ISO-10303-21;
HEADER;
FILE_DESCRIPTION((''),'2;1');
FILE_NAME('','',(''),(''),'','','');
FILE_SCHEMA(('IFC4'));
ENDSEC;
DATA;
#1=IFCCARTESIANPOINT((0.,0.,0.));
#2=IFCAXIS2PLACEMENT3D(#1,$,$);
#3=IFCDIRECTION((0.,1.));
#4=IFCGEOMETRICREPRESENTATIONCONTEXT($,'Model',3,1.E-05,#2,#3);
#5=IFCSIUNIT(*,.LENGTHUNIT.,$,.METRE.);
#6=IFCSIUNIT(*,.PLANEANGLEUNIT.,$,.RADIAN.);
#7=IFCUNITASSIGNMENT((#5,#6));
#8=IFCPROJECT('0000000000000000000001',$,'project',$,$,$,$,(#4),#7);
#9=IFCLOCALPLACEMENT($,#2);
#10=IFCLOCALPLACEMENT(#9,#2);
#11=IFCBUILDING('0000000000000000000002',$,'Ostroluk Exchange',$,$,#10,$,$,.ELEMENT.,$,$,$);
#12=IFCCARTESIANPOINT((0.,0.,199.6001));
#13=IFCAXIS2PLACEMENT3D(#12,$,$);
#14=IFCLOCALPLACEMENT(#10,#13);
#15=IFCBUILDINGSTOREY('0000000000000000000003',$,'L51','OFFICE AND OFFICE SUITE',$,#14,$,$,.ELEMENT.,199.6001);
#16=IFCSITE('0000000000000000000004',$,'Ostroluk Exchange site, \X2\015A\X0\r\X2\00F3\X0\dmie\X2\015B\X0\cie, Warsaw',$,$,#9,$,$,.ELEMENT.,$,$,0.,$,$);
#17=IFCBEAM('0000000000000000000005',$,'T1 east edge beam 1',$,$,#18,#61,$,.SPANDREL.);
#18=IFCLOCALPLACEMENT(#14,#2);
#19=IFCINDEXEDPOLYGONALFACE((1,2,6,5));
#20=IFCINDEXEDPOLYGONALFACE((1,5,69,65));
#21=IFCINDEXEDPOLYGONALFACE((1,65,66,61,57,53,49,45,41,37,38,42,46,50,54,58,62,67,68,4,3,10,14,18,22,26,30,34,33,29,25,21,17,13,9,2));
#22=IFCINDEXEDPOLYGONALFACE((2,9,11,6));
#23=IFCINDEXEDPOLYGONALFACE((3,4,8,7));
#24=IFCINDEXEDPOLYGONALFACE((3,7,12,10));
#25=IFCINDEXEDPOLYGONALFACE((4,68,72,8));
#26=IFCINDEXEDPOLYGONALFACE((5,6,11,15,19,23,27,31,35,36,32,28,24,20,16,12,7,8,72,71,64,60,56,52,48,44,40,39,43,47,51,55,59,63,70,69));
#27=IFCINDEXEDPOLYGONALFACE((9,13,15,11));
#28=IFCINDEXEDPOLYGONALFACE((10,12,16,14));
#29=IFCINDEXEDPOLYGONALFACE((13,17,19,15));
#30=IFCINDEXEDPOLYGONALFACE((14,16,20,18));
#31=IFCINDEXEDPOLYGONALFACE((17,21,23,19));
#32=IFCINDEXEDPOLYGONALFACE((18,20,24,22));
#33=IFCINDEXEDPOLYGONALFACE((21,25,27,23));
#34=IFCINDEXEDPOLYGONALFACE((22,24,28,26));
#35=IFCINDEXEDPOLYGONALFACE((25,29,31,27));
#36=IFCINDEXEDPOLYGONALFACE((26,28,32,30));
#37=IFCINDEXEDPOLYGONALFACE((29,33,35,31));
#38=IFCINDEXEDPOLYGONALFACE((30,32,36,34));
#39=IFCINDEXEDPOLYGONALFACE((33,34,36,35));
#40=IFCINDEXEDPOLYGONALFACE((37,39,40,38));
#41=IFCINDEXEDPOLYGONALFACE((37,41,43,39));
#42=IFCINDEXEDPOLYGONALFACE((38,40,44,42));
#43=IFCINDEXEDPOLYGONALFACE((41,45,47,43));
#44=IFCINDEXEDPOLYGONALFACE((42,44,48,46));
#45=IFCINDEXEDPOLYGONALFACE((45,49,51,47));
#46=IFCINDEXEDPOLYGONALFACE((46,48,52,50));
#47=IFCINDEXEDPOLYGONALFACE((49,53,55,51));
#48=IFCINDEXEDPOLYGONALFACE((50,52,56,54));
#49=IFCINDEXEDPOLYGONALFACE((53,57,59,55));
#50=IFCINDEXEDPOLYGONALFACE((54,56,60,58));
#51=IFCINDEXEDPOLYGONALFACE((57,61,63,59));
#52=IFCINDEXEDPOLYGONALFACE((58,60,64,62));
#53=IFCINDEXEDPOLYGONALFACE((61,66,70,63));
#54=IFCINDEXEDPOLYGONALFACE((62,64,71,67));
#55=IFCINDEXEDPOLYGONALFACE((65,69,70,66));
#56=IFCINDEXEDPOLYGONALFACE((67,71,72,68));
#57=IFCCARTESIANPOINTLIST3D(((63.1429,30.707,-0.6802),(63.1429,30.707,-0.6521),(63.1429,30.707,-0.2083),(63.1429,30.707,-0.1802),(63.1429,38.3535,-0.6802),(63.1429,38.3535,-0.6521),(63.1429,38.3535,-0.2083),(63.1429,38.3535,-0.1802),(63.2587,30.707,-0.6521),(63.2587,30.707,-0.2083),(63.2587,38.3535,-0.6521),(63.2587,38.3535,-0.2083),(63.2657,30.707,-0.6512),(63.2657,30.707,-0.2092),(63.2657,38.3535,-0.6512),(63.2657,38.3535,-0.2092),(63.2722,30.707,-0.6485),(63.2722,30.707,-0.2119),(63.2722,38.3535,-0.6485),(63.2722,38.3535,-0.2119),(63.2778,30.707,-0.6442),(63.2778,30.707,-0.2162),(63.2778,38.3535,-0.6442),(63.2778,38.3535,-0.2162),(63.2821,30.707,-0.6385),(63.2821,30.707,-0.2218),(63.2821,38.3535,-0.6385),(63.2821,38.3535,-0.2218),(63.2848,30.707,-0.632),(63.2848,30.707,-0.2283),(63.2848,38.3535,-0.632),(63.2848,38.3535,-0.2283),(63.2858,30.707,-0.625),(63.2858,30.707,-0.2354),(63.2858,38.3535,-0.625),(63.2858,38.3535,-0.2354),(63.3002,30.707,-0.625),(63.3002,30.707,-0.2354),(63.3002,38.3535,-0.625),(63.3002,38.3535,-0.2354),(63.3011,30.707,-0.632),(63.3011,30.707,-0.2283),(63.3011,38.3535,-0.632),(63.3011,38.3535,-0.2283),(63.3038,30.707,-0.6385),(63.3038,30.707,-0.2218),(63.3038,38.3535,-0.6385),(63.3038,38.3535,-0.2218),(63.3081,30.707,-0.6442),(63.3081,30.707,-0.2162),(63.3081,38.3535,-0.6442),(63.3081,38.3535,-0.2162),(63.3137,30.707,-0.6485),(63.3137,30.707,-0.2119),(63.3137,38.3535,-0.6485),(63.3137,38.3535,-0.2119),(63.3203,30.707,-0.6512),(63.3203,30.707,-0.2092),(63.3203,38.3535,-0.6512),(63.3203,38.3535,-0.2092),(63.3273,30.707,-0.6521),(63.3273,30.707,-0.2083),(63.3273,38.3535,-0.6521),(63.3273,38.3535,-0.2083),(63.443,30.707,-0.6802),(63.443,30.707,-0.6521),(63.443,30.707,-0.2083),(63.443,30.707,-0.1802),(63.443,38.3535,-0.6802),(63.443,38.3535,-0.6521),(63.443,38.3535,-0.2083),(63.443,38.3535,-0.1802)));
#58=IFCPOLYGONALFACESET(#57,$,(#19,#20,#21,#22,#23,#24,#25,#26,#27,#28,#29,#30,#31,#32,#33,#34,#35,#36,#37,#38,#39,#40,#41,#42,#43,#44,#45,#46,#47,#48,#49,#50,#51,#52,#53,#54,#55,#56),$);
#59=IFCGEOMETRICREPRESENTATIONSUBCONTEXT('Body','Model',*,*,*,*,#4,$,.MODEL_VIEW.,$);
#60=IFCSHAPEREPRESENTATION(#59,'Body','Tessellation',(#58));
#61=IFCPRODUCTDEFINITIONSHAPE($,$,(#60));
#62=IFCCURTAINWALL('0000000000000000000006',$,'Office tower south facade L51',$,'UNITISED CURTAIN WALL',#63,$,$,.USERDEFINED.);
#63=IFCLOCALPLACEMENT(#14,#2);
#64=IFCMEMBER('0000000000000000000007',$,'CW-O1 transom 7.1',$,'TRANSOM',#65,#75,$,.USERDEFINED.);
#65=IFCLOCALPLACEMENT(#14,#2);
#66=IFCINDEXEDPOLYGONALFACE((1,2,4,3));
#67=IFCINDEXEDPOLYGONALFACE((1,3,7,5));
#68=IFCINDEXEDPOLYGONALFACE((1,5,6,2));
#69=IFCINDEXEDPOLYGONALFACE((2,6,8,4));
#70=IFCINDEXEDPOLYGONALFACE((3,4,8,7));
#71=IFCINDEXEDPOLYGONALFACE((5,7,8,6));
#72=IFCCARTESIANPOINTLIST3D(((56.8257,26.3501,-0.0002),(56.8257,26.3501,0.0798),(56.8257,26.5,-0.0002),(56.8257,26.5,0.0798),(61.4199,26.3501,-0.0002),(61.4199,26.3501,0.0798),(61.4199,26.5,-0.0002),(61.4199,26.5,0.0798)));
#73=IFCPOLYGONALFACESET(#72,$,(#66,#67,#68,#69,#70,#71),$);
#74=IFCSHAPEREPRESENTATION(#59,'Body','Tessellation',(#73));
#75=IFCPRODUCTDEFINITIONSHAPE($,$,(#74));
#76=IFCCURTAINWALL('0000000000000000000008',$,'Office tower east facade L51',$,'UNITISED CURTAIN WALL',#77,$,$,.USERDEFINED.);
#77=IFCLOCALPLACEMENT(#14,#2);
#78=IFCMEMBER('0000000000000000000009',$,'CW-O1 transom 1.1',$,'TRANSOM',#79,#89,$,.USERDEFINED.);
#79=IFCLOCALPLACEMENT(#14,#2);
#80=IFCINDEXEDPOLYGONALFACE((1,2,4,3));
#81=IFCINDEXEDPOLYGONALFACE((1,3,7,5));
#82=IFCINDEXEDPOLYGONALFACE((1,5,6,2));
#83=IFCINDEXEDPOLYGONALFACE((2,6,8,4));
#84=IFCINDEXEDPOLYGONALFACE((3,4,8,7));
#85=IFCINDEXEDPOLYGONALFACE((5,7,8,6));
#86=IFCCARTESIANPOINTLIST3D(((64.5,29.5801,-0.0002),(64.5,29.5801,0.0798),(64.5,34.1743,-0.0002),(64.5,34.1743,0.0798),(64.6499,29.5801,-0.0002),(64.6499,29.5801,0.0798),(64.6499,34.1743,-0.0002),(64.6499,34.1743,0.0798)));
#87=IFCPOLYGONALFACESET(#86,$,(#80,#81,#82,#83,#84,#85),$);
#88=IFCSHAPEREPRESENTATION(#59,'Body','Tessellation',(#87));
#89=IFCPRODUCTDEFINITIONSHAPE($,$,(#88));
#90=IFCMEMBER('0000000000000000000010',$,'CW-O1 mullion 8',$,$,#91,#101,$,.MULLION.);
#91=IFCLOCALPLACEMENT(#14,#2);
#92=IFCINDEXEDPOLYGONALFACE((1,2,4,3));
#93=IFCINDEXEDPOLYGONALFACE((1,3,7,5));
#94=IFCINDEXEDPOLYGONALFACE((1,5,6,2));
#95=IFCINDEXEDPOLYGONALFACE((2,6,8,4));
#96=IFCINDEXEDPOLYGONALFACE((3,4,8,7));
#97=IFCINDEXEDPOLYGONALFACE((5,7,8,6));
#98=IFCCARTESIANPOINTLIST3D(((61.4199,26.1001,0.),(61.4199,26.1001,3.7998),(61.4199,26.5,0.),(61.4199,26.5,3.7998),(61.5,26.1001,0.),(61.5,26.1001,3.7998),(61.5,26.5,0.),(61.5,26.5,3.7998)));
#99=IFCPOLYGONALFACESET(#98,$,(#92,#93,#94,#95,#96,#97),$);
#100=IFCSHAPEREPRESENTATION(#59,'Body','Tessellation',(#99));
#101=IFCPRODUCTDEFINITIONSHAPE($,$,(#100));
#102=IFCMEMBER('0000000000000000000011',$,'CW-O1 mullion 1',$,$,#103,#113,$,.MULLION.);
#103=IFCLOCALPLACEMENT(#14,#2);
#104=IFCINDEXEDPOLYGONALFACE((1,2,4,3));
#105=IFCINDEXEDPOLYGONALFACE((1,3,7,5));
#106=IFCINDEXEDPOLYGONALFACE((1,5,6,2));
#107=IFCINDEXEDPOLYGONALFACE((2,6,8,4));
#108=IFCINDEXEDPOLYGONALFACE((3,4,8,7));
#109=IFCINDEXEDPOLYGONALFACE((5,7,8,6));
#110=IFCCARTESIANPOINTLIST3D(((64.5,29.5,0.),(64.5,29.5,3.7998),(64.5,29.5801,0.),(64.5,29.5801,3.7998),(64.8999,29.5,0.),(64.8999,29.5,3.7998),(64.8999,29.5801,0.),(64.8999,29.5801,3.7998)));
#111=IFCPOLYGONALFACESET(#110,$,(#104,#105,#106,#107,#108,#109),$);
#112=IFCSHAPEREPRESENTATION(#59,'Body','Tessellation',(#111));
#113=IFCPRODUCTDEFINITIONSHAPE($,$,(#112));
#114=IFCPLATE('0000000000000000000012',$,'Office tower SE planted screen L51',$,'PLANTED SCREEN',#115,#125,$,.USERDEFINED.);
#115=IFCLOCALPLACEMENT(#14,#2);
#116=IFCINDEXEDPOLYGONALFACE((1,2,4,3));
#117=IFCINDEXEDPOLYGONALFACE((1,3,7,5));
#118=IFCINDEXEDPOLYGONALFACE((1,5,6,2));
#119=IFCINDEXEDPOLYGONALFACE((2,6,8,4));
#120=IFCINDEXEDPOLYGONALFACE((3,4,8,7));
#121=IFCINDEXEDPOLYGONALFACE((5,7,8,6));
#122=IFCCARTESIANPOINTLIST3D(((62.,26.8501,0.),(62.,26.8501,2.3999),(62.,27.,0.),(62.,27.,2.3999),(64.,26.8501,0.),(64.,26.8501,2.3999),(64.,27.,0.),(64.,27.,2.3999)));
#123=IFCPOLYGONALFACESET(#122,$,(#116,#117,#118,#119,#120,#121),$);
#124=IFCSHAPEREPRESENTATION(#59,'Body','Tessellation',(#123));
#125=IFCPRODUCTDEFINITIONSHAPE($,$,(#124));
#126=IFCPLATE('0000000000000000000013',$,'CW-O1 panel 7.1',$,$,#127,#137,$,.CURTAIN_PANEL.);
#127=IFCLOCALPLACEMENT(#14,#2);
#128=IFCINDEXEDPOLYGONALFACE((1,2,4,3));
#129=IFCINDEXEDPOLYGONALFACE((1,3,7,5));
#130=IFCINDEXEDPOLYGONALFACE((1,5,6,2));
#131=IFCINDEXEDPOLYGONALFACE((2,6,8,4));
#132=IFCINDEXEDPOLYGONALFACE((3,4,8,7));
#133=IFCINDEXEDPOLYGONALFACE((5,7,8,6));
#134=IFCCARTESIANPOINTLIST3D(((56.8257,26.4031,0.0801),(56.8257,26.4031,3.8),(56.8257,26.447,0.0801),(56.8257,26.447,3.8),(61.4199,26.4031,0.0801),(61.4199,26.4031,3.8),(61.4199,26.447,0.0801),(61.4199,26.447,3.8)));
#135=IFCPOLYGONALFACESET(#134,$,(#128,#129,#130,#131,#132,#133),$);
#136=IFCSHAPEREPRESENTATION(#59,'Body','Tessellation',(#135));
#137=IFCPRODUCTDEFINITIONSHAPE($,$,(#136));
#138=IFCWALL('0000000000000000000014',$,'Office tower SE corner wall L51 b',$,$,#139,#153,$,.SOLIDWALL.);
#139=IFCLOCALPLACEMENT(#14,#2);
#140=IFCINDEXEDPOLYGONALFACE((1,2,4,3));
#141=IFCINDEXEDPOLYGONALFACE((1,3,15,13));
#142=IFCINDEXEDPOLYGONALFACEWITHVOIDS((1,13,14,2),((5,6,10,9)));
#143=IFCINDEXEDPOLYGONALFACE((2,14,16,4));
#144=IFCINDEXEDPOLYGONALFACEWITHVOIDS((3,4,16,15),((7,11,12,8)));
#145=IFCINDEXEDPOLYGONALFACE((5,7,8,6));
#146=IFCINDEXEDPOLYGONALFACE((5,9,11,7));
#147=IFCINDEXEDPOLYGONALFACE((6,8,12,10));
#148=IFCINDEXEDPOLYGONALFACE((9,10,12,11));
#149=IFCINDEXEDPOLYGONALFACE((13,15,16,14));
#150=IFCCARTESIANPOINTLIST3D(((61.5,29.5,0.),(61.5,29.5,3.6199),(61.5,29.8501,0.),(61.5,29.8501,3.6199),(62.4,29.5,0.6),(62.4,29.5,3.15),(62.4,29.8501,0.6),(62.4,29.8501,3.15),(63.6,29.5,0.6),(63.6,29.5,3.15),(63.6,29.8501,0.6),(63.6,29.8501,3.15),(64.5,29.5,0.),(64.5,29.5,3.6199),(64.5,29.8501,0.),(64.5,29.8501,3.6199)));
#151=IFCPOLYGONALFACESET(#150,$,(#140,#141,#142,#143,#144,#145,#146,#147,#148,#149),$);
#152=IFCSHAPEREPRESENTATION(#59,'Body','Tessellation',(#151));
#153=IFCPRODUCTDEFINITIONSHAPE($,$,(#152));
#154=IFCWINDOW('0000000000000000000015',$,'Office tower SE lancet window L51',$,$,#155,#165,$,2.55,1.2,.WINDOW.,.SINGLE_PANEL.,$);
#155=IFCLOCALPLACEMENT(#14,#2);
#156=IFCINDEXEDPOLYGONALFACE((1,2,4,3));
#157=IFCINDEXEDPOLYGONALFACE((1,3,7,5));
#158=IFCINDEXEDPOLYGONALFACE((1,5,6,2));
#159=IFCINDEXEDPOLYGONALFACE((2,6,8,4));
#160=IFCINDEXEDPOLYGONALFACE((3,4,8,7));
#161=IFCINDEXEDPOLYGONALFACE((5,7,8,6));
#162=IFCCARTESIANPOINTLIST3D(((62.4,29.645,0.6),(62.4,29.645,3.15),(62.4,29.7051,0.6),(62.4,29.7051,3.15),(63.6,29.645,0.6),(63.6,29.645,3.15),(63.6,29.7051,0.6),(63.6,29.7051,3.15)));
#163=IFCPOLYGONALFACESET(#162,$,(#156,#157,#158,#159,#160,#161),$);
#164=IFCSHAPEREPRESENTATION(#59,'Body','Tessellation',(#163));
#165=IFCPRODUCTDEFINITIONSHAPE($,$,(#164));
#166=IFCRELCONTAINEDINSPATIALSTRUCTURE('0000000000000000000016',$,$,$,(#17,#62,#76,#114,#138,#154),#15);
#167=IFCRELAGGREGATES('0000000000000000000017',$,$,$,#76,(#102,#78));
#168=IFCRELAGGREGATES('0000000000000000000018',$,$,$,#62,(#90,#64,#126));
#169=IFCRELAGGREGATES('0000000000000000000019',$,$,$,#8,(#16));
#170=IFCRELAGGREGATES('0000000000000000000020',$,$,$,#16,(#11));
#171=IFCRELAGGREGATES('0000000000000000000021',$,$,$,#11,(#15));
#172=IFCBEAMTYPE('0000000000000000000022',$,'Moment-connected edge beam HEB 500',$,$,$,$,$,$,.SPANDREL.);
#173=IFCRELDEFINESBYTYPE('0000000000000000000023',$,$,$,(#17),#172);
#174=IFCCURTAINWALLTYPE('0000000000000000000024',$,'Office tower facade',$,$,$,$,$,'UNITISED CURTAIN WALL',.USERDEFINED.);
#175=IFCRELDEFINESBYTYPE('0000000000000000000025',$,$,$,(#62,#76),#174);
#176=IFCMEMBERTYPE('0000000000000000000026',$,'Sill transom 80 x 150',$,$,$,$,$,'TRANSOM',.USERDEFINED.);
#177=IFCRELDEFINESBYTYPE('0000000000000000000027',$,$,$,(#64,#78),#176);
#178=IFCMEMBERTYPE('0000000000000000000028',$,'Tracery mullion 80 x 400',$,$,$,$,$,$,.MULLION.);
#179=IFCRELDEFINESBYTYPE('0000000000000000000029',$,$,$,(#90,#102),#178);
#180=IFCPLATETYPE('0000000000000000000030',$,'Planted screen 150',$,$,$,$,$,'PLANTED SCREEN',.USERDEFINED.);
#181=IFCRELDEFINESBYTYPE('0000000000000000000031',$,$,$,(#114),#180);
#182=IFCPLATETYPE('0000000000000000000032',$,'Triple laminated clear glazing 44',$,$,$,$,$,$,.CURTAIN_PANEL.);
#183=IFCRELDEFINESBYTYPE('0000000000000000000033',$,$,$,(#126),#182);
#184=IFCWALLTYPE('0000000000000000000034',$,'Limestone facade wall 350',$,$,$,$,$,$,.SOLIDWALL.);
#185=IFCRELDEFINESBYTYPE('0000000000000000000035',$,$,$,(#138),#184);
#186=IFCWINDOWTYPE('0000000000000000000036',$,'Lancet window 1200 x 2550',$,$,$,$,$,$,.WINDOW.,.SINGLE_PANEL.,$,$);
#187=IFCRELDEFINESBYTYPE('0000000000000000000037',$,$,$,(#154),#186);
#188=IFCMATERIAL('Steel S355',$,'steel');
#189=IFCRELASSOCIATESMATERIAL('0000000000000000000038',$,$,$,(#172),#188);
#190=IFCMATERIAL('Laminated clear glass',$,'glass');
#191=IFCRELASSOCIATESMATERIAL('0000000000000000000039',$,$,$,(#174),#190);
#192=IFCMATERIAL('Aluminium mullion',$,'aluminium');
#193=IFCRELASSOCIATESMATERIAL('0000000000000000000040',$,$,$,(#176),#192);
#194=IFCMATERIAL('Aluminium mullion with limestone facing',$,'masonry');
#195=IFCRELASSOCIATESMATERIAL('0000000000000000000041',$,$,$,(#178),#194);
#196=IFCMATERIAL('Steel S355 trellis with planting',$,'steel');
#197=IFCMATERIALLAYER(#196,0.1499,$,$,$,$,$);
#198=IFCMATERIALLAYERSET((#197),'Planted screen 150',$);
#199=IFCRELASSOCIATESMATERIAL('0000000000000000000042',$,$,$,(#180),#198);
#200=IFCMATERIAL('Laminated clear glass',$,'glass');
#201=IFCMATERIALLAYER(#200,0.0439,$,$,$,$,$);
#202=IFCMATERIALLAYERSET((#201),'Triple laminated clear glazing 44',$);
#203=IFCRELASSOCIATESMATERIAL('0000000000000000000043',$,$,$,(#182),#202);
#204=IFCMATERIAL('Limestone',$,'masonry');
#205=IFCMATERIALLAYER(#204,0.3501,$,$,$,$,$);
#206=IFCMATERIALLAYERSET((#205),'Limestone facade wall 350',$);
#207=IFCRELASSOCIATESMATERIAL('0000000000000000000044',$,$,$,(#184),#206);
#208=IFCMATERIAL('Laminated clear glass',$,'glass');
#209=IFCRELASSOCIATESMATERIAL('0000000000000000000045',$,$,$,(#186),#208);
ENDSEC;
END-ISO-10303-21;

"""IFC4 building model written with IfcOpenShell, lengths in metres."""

from ifc_helpers import new_model, si_unit, direction, frame, frame_2d, origin, origin_2d, place, context, subcontext, project, spatial, rectangle, i_section, extrude, material, layer, layer_set, material_profile, profile_set, type_object, element, fill, aggregate, save


model = new_model("IFC4")

# Units and contexts
model_context = context("Model", 3, precision=1e-05, world=origin(), true_north=direction((0.0, 1.0)))
body_context = subcontext(model_context, "Body", "Model", "MODEL_VIEW")
ifc_project = project(units=[si_unit("LENGTHUNIT", "METRE"), si_unit("PLANEANGLEUNIT", "RADIAN")], contexts=[model_context])

# Site, building, storey
site_placement = place(None, origin())
site = spatial("IfcSite", under=ifc_project, at=site_placement, Name="Ostroluk Exchange site, Śródmieście, Warsaw", CompositionType="ELEMENT", RefElevation=0.0)
building_placement = place(site_placement, origin())
building = spatial("IfcBuilding", under=site, at=building_placement, Name="Ostroluk Exchange", CompositionType="ELEMENT")
storey_placement = place(building_placement, frame((0.0, 0.0, 199.6001)))
storey = spatial("IfcBuildingStorey", under=building, at=storey_placement, Name="L51", Description="OFFICE AND OFFICE SUITE", CompositionType="ELEMENT", Elevation=199.6001)

# Beam
ifc_material_1 = material(Name="Steel S355", Category="steel")
ifc_material_profile_1 = material_profile(ifc_material_1, i_section(OverallWidth=0.3, OverallDepth=0.5, WebThickness=0.0144, FlangeThickness=0.0281, FilletRadius=0.0271, at=origin_2d()), Name="HEB 500")
ifc_profile_set_1 = profile_set([ifc_material_profile_1], Name="Steel S355")
beam_type_1 = type_object("IfcBeamType", Name="Moment-connected edge beam HEB 500", PredefinedType="SPANDREL", material=ifc_profile_set_1)
beam_1_placement = place(storey_placement, frame((63.293, 30.707, -0.4302), z_axis=(0.0, 1.0, 0.0), x_axis=(-1.0, 0.0, 0.0)))
element("IfcBeam", 1, at=beam_1_placement, inside=storey, type_object=beam_type_1, Name="T1 east edge beam 1", PredefinedType="SPANDREL", context=body_context, shape_type="SweptSolid", body=[
    extrude(i_section(OverallWidth=0.3, OverallDepth=0.5, WebThickness=0.0144, FlangeThickness=0.0281, FilletRadius=0.0271, at=origin_2d()), origin(), (0.0, 0.0, 1.0), 7.6465),
])

# Curtain walls, members
ifc_material_2 = material(Name="Laminated clear glass", Category="glass")
curtain_wall_type = type_object("IfcCurtainWallType", Name="Office tower facade", ElementType="UNITISED CURTAIN WALL", PredefinedType="USERDEFINED", material=ifc_material_2)
curtain_wall_1_placement = place(storey_placement, origin())
curtain_wall_1 = element("IfcCurtainWall", 2, at=curtain_wall_1_placement, inside=storey, type_object=curtain_wall_type, Name="Office tower south facade L51", ObjectType="UNITISED CURTAIN WALL", PredefinedType="USERDEFINED")
ifc_material_3 = material(Name="Aluminium mullion", Category="aluminium")
ifc_material_profile_2 = material_profile(ifc_material_3, rectangle(XDim=0.1499, YDim=0.0801, at=origin_2d()), Name="Sill transom 80 x 150")
ifc_profile_set_2 = profile_set([ifc_material_profile_2], Name="Aluminium mullion")
member_type_1 = type_object("IfcMemberType", Name="Sill transom 80 x 150", ElementType="TRANSOM", PredefinedType="USERDEFINED", material=ifc_profile_set_2)
member_1_placement = place(storey_placement, frame((56.8257, 26.425, 0.0398), z_axis=(1.0, 0.0, 0.0), x_axis=(0.0, 1.0, 0.0)))
member_1 = element("IfcMember", 3, at=member_1_placement, type_object=member_type_1, Name="CW-O1 transom 7.1", ObjectType="TRANSOM", PredefinedType="USERDEFINED", context=body_context, shape_type="SweptSolid", body=[
    extrude(rectangle(XDim=0.1499, YDim=0.0801, at=origin_2d()), origin(), (0.0, 0.0, 1.0), 4.5942),
])
curtain_wall_2_placement = place(storey_placement, origin())
curtain_wall_2 = element("IfcCurtainWall", 4, at=curtain_wall_2_placement, inside=storey, type_object=curtain_wall_type, Name="Office tower east facade L51", ObjectType="UNITISED CURTAIN WALL", PredefinedType="USERDEFINED")
member_2_placement = place(storey_placement, frame((64.575, 29.5801, 0.0398), z_axis=(0.0, 1.0, 0.0), x_axis=(-1.0, 0.0, 0.0)))
member_2 = element("IfcMember", 5, at=member_2_placement, type_object=member_type_1, Name="CW-O1 transom 1.1", ObjectType="TRANSOM", PredefinedType="USERDEFINED", context=body_context, shape_type="SweptSolid", body=[
    extrude(rectangle(XDim=0.1499, YDim=0.0801, at=origin_2d()), origin(), (0.0, 0.0, 1.0), 4.5942),
])

# Members
ifc_material_4 = material(Name="Aluminium mullion with limestone facing", Category="masonry")
ifc_material_profile_3 = material_profile(ifc_material_4, rectangle(XDim=0.3999, YDim=0.0801, at=origin_2d()), Name="Tracery mullion 80 x 400")
ifc_profile_set_3 = profile_set([ifc_material_profile_3], Name="Aluminium mullion with limestone facing")
member_type_2 = type_object("IfcMemberType", Name="Tracery mullion 80 x 400", PredefinedType="MULLION", material=ifc_profile_set_3)
member_3_placement = place(storey_placement, frame((61.46, 26.3, 0.0), z_axis=(0.0, 0.0, 1.0), x_axis=(0.0, 1.0, 0.0)))
member_3 = element("IfcMember", 6, at=member_3_placement, type_object=member_type_2, Name="CW-O1 mullion 8", PredefinedType="MULLION", context=body_context, shape_type="SweptSolid", body=[
    extrude(rectangle(XDim=0.3999, YDim=0.0801, at=origin_2d()), origin(), (0.0, 0.0, 1.0), 3.7998),
])
member_4_placement = place(storey_placement, frame((64.7, 29.54, 0.0), z_axis=(0.0, 0.0, 1.0), x_axis=(-1.0, 0.0, 0.0)))
member_4 = element("IfcMember", 7, at=member_4_placement, type_object=member_type_2, Name="CW-O1 mullion 1", PredefinedType="MULLION", context=body_context, shape_type="SweptSolid", body=[
    extrude(rectangle(XDim=0.3999, YDim=0.0801, at=origin_2d()), origin(), (0.0, 0.0, 1.0), 3.7998),
])
aggregate(curtain_wall_2, [member_4, member_2])

# Plates
ifc_material_5 = material(Name="Steel S355 trellis with planting", Category="steel")
ifc_layer_1 = layer(ifc_material_5, 0.1499)
ifc_layer_set_1 = layer_set([ifc_layer_1], Name="Planted screen 150")
plate_type_1 = type_object("IfcPlateType", Name="Planted screen 150", ElementType="PLANTED SCREEN", PredefinedType="USERDEFINED", material=ifc_layer_set_1)
plate_1_placement = place(storey_placement, frame((63.0, 26.925, 0.0), z_axis=(0.0, 0.0, 1.0), x_axis=(1.0, 0.0, 0.0)))
element("IfcPlate", 8, at=plate_1_placement, inside=storey, type_object=plate_type_1, Name="Office tower SE planted screen L51", ObjectType="PLANTED SCREEN", PredefinedType="USERDEFINED", context=body_context, shape_type="SweptSolid", body=[
    extrude(rectangle(XDim=2.0, YDim=0.1499, at=origin_2d()), origin(), (0.0, 0.0, 1.0), 2.3999),
])
ifc_material_6 = material(Name="Laminated clear glass", Category="glass")
ifc_layer_2 = layer(ifc_material_6, 0.0439)
ifc_layer_set_2 = layer_set([ifc_layer_2], Name="Triple laminated clear glazing 44")
plate_type_2 = type_object("IfcPlateType", Name="Triple laminated clear glazing 44", PredefinedType="CURTAIN_PANEL", material=ifc_layer_set_2)
plate_2_placement = place(storey_placement, frame((59.1228, 26.425, 0.0801), z_axis=(0.0, 0.0, 1.0), x_axis=(1.0, 0.0, 0.0)))
plate_2 = element("IfcPlate", 9, at=plate_2_placement, type_object=plate_type_2, Name="CW-O1 panel 7.1", PredefinedType="CURTAIN_PANEL", context=body_context, shape_type="SweptSolid", body=[
    extrude(rectangle(XDim=4.5942, YDim=0.0439, at=origin_2d()), origin(), (0.0, 0.0, 1.0), 3.72),
])
aggregate(curtain_wall_1, [member_3, member_1, plate_2])

# Shared definitions
ifc_material_7 = material(Name="Limestone", Category="masonry")
ifc_layer_3 = layer(ifc_material_7, 0.3501)
ifc_layer_set_3 = layer_set([ifc_layer_3], Name="Limestone facade wall 350")
wall_type = type_object("IfcWallType", Name="Limestone facade wall 350", PredefinedType="SOLIDWALL", material=ifc_layer_set_3)

# Wall, opening, window
wall_1_placement = place(storey_placement, frame((61.5, 29.675, 0.0), z_axis=(0.0, 0.0, 1.0), x_axis=(1.0, 0.0, 0.0)))
wall_1 = element("IfcWall", 10, at=wall_1_placement, inside=storey, type_object=wall_type, Name="Office tower SE corner wall L51 b", PredefinedType="SOLIDWALL", context=body_context, shape_type="SweptSolid", body=[
    extrude(rectangle(XDim=3.0, YDim=0.3501, at=frame_2d((1.5, 0.0))), origin(), (0.0, 0.0, 1.0), 3.6199),
])
opening_1_placement = place(wall_1_placement, frame((0.8999, 0.0, 0.6001)))
opening_1 = element("IfcOpeningElement", 11, at=opening_1_placement, cuts=wall_1, PredefinedType="OPENING", context=body_context, shape_type="SweptSolid", body=[
    extrude(rectangle(XDim=1.2, YDim=2.55, at=frame_2d((0.6001, 1.2749))), frame((0.0, 0.1851, 0.0), z_axis=(0.0, -1.0, 0.0), x_axis=(1.0, 0.0, 0.0)), (0.0, 0.0, 1.0), 0.3701),
])
ifc_material_8 = material(Name="Laminated clear glass", Category="glass")
window_type = type_object("IfcWindowType", Name="Lancet window 1200 x 2550", PartitioningType="SINGLE_PANEL", PredefinedType="WINDOW", material=ifc_material_8)
window_placement = place(opening_1_placement, origin())
window = element("IfcWindow", 12, at=window_placement, inside=storey, type_object=window_type, Name="Office tower SE lancet window L51", OverallHeight=2.55, OverallWidth=1.2, PartitioningType="SINGLE_PANEL", PredefinedType="WINDOW", context=body_context, shape_type="SweptSolid", body=[
    extrude(rectangle(XDim=1.2, YDim=2.55, at=frame_2d((0.6001, 1.2749))), frame((0.0, 0.03, 0.0), z_axis=(0.0, -1.0, 0.0), x_axis=(1.0, 0.0, 0.0)), (0.0, 0.0, 1.0), 0.0601),
])
fill(opening_1, window)

save(model, "model.ifc")
